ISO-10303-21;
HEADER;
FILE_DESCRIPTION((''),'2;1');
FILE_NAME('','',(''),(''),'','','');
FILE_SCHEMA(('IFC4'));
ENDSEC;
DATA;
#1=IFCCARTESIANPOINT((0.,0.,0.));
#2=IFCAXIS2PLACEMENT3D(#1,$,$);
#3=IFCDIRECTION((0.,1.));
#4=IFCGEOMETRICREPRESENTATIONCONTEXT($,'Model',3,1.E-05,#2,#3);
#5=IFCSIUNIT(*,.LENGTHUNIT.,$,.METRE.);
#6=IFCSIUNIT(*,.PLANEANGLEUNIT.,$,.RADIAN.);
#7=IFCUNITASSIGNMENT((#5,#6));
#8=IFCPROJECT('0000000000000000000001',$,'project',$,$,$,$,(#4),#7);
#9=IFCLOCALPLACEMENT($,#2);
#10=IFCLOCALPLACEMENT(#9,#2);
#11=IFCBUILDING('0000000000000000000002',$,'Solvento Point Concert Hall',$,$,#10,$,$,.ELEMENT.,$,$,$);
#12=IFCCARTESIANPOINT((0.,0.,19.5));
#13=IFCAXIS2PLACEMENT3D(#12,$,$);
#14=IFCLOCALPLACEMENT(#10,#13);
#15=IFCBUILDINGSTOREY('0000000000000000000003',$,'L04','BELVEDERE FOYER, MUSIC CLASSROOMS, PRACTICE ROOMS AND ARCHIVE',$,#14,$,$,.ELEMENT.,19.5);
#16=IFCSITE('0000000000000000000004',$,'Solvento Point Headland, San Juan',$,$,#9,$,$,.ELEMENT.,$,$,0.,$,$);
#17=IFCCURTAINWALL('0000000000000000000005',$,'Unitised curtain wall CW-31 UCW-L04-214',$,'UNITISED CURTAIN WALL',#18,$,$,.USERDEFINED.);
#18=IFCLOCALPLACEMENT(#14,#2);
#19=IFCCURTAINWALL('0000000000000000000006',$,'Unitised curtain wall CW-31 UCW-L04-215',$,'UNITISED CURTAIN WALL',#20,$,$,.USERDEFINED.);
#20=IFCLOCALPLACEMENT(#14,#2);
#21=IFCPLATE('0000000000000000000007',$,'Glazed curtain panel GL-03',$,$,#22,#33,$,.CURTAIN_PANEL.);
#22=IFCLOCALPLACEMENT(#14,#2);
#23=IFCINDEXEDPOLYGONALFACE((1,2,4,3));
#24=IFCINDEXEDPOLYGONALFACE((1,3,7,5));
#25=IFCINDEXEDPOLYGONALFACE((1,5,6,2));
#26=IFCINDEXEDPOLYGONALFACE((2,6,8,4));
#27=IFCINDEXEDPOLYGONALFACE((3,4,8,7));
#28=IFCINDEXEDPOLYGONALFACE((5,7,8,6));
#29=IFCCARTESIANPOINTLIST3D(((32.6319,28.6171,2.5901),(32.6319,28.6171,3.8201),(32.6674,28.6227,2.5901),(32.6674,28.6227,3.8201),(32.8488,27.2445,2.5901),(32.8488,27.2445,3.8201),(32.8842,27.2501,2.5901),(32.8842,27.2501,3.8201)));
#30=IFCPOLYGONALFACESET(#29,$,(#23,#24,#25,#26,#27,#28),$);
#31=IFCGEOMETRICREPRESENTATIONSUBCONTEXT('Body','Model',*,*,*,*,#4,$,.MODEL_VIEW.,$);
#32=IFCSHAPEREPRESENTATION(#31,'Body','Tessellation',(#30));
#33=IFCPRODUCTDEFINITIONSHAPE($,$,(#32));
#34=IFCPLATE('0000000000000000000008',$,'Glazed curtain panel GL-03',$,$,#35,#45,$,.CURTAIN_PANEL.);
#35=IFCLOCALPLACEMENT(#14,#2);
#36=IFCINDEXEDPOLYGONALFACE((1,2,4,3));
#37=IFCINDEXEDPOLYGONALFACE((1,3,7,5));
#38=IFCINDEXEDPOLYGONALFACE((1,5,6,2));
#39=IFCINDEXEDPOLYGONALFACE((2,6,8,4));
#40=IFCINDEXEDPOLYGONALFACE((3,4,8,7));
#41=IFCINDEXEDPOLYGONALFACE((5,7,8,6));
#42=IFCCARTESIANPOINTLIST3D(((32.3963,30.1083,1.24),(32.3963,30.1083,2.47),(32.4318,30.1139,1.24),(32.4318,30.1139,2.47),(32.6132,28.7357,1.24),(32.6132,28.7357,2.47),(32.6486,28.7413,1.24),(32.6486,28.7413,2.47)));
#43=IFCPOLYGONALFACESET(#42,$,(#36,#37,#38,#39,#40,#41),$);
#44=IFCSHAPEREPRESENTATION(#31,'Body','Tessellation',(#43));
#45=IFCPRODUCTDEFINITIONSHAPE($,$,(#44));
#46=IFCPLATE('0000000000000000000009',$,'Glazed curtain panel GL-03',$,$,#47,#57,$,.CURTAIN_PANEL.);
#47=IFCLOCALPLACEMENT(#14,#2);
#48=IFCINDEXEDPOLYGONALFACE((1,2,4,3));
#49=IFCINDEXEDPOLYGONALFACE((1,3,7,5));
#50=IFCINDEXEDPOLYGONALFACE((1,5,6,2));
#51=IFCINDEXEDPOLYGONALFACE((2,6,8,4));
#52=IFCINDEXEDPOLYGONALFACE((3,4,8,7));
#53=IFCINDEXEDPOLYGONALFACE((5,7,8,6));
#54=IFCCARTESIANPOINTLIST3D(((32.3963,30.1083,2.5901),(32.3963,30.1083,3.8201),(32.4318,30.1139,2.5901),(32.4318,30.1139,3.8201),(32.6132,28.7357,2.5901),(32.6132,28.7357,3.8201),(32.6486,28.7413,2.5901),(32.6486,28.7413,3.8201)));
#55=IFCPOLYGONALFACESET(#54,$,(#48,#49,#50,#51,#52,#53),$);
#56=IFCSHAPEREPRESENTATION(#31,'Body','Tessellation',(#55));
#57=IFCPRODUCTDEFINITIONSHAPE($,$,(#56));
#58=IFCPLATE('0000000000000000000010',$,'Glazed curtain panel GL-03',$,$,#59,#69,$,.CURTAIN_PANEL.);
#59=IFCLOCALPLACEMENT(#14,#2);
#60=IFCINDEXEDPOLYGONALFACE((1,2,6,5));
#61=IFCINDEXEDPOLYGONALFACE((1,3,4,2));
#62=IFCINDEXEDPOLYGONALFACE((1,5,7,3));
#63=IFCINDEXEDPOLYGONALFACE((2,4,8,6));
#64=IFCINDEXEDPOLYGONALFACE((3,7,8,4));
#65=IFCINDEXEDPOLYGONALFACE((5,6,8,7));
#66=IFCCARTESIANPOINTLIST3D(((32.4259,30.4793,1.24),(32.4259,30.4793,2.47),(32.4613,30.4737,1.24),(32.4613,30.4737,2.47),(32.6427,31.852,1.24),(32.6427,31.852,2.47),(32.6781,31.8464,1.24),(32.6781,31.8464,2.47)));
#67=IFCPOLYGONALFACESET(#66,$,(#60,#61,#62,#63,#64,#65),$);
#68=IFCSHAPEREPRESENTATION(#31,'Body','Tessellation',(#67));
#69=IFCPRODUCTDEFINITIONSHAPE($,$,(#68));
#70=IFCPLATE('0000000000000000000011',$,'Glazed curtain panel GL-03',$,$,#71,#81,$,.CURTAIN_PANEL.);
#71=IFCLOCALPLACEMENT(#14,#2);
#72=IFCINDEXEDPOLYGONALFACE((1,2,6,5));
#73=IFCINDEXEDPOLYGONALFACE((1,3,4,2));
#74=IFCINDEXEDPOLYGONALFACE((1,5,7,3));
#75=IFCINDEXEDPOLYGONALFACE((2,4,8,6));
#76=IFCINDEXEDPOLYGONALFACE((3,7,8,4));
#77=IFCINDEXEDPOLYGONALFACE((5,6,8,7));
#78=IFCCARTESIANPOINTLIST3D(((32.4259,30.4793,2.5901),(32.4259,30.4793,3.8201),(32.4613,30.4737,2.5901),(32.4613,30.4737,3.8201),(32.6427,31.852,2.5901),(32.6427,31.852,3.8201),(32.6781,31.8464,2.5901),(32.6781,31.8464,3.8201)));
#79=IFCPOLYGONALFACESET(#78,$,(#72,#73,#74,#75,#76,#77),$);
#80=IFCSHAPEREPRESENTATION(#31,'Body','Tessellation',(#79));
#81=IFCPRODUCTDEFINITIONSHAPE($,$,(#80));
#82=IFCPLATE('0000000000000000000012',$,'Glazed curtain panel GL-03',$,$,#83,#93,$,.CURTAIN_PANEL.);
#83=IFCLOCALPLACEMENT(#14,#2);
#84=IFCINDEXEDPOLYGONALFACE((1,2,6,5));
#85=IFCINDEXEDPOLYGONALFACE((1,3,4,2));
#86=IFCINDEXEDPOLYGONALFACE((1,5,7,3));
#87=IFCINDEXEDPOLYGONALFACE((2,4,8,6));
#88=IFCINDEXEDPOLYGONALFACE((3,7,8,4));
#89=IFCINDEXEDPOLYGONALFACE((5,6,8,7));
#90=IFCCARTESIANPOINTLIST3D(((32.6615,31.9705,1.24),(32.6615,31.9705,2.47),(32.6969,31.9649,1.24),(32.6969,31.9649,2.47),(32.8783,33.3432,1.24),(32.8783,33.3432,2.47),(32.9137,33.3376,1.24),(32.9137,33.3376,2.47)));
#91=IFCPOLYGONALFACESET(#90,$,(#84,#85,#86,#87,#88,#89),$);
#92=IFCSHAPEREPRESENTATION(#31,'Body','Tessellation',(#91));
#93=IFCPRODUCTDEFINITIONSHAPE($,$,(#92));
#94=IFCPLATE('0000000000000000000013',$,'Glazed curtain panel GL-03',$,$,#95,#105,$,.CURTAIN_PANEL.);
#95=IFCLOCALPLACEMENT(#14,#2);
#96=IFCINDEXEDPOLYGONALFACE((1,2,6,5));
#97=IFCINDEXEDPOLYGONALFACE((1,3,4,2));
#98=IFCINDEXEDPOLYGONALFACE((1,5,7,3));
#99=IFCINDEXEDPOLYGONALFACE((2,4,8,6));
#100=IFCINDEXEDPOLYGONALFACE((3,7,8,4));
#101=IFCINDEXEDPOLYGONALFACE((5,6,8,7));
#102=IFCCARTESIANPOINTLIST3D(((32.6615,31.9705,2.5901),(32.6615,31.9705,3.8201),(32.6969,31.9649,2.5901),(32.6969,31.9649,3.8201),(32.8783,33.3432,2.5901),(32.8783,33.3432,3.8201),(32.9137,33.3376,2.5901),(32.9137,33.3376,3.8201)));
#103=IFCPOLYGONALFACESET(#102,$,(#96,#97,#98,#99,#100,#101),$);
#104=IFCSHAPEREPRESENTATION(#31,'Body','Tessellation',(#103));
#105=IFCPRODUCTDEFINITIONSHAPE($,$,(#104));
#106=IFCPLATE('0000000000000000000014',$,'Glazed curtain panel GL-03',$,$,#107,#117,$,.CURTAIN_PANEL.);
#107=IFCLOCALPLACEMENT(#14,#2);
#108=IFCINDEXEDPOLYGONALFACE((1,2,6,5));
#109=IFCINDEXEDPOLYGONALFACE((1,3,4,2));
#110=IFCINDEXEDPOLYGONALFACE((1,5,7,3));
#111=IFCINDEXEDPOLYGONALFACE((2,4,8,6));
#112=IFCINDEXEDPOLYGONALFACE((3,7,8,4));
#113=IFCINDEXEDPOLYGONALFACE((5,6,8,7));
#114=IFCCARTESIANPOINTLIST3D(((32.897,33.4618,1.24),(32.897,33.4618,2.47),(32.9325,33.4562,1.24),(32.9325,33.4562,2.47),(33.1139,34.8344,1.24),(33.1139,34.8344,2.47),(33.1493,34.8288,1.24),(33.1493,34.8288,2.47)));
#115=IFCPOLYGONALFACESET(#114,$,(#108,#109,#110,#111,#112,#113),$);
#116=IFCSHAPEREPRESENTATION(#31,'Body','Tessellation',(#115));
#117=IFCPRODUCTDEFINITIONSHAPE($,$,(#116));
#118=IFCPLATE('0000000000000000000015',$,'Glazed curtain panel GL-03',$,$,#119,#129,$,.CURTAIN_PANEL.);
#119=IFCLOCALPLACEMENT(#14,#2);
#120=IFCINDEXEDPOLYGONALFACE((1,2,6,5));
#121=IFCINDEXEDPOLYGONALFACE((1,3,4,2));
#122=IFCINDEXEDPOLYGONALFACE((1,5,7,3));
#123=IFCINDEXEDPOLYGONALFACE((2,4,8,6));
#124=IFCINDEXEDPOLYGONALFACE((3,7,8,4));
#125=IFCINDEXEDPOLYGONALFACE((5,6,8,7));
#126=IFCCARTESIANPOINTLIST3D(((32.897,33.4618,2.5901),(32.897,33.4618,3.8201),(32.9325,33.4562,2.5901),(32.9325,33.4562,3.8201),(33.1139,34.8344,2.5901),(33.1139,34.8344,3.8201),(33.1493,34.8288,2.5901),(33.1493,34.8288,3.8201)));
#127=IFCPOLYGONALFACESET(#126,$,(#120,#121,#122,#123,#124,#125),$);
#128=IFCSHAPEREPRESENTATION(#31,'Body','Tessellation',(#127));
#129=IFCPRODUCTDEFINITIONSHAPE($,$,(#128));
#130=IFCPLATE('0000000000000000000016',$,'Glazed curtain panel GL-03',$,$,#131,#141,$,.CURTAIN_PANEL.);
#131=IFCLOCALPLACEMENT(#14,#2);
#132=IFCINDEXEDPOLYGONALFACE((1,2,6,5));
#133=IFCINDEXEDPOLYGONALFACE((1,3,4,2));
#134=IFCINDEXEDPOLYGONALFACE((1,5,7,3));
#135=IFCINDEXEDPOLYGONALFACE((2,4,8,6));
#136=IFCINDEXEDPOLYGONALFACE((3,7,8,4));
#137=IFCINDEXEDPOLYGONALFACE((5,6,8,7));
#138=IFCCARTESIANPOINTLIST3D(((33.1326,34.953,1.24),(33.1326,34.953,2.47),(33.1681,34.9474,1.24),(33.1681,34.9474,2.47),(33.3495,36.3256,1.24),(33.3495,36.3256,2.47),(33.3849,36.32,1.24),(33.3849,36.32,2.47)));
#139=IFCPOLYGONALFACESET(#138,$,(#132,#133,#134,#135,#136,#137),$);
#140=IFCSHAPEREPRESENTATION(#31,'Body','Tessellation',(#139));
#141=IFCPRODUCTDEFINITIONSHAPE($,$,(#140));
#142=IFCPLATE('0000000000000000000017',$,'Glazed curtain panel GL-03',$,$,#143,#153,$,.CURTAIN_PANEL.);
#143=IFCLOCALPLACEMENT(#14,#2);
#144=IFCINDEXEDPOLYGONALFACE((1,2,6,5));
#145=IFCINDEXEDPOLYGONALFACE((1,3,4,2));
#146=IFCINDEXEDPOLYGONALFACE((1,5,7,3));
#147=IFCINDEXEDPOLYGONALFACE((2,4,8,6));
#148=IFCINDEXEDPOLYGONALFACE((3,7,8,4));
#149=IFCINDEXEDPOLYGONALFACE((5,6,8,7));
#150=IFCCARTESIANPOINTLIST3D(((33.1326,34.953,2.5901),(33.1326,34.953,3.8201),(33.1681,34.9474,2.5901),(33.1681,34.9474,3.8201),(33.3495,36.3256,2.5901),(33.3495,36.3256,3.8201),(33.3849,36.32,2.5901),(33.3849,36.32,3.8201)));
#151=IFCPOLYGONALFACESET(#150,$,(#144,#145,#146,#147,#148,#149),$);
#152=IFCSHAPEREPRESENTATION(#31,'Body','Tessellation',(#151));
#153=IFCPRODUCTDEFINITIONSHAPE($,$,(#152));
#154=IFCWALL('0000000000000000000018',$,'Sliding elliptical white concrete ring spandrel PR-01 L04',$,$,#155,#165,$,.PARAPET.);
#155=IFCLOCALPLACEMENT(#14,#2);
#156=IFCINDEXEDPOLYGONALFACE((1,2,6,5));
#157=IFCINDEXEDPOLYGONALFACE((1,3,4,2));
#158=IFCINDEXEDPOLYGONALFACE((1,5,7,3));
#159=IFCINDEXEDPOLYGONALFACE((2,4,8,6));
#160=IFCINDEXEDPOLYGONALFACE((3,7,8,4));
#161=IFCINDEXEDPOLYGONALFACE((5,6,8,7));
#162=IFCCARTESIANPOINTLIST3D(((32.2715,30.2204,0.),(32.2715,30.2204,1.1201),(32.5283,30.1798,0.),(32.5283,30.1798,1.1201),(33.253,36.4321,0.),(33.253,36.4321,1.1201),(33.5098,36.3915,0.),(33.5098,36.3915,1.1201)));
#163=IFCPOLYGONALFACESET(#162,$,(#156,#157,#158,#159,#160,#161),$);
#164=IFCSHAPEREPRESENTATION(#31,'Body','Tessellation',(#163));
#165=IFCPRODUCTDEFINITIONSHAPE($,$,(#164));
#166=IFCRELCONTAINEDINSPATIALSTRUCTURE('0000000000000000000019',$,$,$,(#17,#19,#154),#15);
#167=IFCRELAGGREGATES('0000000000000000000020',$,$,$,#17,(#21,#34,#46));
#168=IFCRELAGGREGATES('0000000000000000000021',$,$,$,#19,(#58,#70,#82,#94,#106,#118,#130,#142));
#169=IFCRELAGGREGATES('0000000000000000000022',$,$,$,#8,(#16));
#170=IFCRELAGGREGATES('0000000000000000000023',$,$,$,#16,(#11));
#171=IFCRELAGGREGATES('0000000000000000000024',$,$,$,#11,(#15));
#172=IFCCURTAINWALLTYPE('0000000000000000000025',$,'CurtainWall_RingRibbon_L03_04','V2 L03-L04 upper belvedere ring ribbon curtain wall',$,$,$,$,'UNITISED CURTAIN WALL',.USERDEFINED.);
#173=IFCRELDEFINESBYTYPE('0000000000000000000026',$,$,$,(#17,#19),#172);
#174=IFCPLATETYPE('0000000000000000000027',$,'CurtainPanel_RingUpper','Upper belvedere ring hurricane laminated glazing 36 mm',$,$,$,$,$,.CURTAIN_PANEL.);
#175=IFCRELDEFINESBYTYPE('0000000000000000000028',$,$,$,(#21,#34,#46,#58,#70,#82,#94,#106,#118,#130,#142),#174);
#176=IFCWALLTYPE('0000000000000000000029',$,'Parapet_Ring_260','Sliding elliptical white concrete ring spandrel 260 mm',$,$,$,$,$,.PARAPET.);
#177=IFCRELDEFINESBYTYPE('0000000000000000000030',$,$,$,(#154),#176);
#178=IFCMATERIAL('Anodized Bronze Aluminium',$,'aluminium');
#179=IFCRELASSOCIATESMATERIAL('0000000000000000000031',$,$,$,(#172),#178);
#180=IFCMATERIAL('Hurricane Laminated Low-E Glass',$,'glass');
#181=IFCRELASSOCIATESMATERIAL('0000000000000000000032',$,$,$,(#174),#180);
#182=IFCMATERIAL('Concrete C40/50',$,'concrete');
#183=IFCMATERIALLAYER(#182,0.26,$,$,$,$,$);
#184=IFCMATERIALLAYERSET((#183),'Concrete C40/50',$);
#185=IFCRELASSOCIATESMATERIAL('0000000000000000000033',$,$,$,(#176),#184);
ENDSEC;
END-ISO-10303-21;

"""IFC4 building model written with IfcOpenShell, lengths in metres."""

from ifc_helpers import new_model, si_unit, direction, frame, frame_2d, origin, origin_2d, place, context, subcontext, project, spatial, rectangle, extrude, material, layer, layer_set, type_object, element, aggregate, save


model = new_model("IFC4")

# Units and contexts
model_context = context("Model", 3, precision=1e-05, world=origin(), true_north=direction((0.0, 1.0)))
body_context = subcontext(model_context, "Body", "Model", "MODEL_VIEW")
ifc_project = project(units=[si_unit("LENGTHUNIT", "METRE"), si_unit("PLANEANGLEUNIT", "RADIAN")], contexts=[model_context])

# Site, building, storey
site_placement = place(None, origin())
site = spatial("IfcSite", under=ifc_project, at=site_placement, Name="Solvento Point Headland, San Juan", CompositionType="ELEMENT", RefElevation=0.0)
building_placement = place(site_placement, origin())
building = spatial("IfcBuilding", under=site, at=building_placement, Name="Solvento Point Concert Hall", CompositionType="ELEMENT")
storey_placement = place(building_placement, frame((0.0, 0.0, 19.5)))
storey = spatial("IfcBuildingStorey", under=building, at=storey_placement, Name="L04", Description="BELVEDERE FOYER, MUSIC CLASSROOMS, PRACTICE ROOMS AND ARCHIVE", CompositionType="ELEMENT", Elevation=19.5)

# Curtain walls
ifc_material_1 = material(Name="Anodized Bronze Aluminium", Category="aluminium")
curtain_wall_type = type_object("IfcCurtainWallType", Name="CurtainWall_RingRibbon_L03_04", Description="V2 L03-L04 upper belvedere ring ribbon curtain wall", ElementType="UNITISED CURTAIN WALL", PredefinedType="USERDEFINED", material=ifc_material_1)
curtain_wall_1_placement = place(storey_placement, origin())
curtain_wall_1 = element("IfcCurtainWall", 1, at=curtain_wall_1_placement, inside=storey, type_object=curtain_wall_type, Name="Unitised curtain wall CW-31 UCW-L04-214", ObjectType="UNITISED CURTAIN WALL", PredefinedType="USERDEFINED")
curtain_wall_2_placement = place(storey_placement, origin())
curtain_wall_2 = element("IfcCurtainWall", 2, at=curtain_wall_2_placement, inside=storey, type_object=curtain_wall_type, Name="Unitised curtain wall CW-31 UCW-L04-215", ObjectType="UNITISED CURTAIN WALL", PredefinedType="USERDEFINED")

# Plates
ifc_material_2 = material(Name="Hurricane Laminated Low-E Glass", Category="glass")
plate_type = type_object("IfcPlateType", Name="CurtainPanel_RingUpper", Description="Upper belvedere ring hurricane laminated glazing 36 mm", PredefinedType="CURTAIN_PANEL", material=ifc_material_2)
plate_1_placement = place(storey_placement, frame((32.7581, 27.9336, 2.5901), z_axis=(0.0, 0.0, 1.0), x_axis=(-0.156041, 0.987751, 0.0)))
plate_1 = element("IfcPlate", 3, at=plate_1_placement, type_object=plate_type, Name="Glazed curtain panel GL-03", PredefinedType="CURTAIN_PANEL", context=body_context, shape_type="SweptSolid", body=[
    extrude(rectangle(XDim=1.3896, YDim=0.0359, at=origin_2d()), origin(), (0.0, 0.0, 1.0), 1.23),
])
plate_2_placement = place(storey_placement, frame((32.5225, 29.4248, 1.24), z_axis=(0.0, 0.0, 1.0), x_axis=(-0.156041, 0.987751, 0.0)))
plate_2 = element("IfcPlate", 4, at=plate_2_placement, type_object=plate_type, Name="Glazed curtain panel GL-03", PredefinedType="CURTAIN_PANEL", context=body_context, shape_type="SweptSolid", body=[
    extrude(rectangle(XDim=1.3896, YDim=0.0359, at=origin_2d()), origin(), (0.0, 0.0, 1.0), 1.23),
])
plate_3_placement = place(storey_placement, frame((32.5225, 29.4248, 2.5901), z_axis=(0.0, 0.0, 1.0), x_axis=(-0.156041, 0.987751, 0.0)))
plate_3 = element("IfcPlate", 5, at=plate_3_placement, type_object=plate_type, Name="Glazed curtain panel GL-03", PredefinedType="CURTAIN_PANEL", context=body_context, shape_type="SweptSolid", body=[
    extrude(rectangle(XDim=1.3896, YDim=0.0359, at=origin_2d()), origin(), (0.0, 0.0, 1.0), 1.23),
])
aggregate(curtain_wall_1, [plate_1, plate_2, plate_3])
plate_4_placement = place(storey_placement, frame((32.552, 31.1628, 1.24), z_axis=(0.0, 0.0, 1.0), x_axis=(0.156041, 0.987751, 0.0)))
plate_4 = element("IfcPlate", 6, at=plate_4_placement, type_object=plate_type, Name="Glazed curtain panel GL-03", PredefinedType="CURTAIN_PANEL", context=body_context, shape_type="SweptSolid", body=[
    extrude(rectangle(XDim=1.3896, YDim=0.0359, at=origin_2d()), origin(), (0.0, 0.0, 1.0), 1.23),
])
plate_5_placement = place(storey_placement, frame((32.552, 31.1628, 2.5901), z_axis=(0.0, 0.0, 1.0), x_axis=(0.156041, 0.987751, 0.0)))
plate_5 = element("IfcPlate", 7, at=plate_5_placement, type_object=plate_type, Name="Glazed curtain panel GL-03", PredefinedType="CURTAIN_PANEL", context=body_context, shape_type="SweptSolid", body=[
    extrude(rectangle(XDim=1.3896, YDim=0.0359, at=origin_2d()), origin(), (0.0, 0.0, 1.0), 1.23),
])
plate_6_placement = place(storey_placement, frame((32.7876, 32.6541, 1.24), z_axis=(0.0, 0.0, 1.0), x_axis=(0.156041, 0.987751, 0.0)))
plate_6 = element("IfcPlate", 8, at=plate_6_placement, type_object=plate_type, Name="Glazed curtain panel GL-03", PredefinedType="CURTAIN_PANEL", context=body_context, shape_type="SweptSolid", body=[
    extrude(rectangle(XDim=1.3896, YDim=0.0359, at=origin_2d()), origin(), (0.0, 0.0, 1.0), 1.23),
])
plate_7_placement = place(storey_placement, frame((32.7876, 32.6541, 2.5901), z_axis=(0.0, 0.0, 1.0), x_axis=(0.156041, 0.987751, 0.0)))
plate_7 = element("IfcPlate", 9, at=plate_7_placement, type_object=plate_type, Name="Glazed curtain panel GL-03", PredefinedType="CURTAIN_PANEL", context=body_context, shape_type="SweptSolid", body=[
    extrude(rectangle(XDim=1.3896, YDim=0.0359, at=origin_2d()), origin(), (0.0, 0.0, 1.0), 1.23),
])
plate_8_placement = place(storey_placement, frame((33.0232, 34.1453, 1.24), z_axis=(0.0, 0.0, 1.0), x_axis=(0.156041, 0.987751, 0.0)))
plate_8 = element("IfcPlate", 10, at=plate_8_placement, type_object=plate_type, Name="Glazed curtain panel GL-03", PredefinedType="CURTAIN_PANEL", context=body_context, shape_type="SweptSolid", body=[
    extrude(rectangle(XDim=1.3896, YDim=0.0359, at=origin_2d()), origin(), (0.0, 0.0, 1.0), 1.23),
])
plate_9_placement = place(storey_placement, frame((33.0232, 34.1453, 2.5901), z_axis=(0.0, 0.0, 1.0), x_axis=(0.156041, 0.987751, 0.0)))
plate_9 = element("IfcPlate", 11, at=plate_9_placement, type_object=plate_type, Name="Glazed curtain panel GL-03", PredefinedType="CURTAIN_PANEL", context=body_context, shape_type="SweptSolid", body=[
    extrude(rectangle(XDim=1.3896, YDim=0.0359, at=origin_2d()), origin(), (0.0, 0.0, 1.0), 1.23),
])
plate_10_placement = place(storey_placement, frame((33.2588, 35.6365, 1.24), z_axis=(0.0, 0.0, 1.0), x_axis=(0.156041, 0.987751, 0.0)))
plate_10 = element("IfcPlate", 12, at=plate_10_placement, type_object=plate_type, Name="Glazed curtain panel GL-03", PredefinedType="CURTAIN_PANEL", context=body_context, shape_type="SweptSolid", body=[
    extrude(rectangle(XDim=1.3896, YDim=0.0359, at=origin_2d()), origin(), (0.0, 0.0, 1.0), 1.23),
])
plate_11_placement = place(storey_placement, frame((33.2588, 35.6365, 2.5901), z_axis=(0.0, 0.0, 1.0), x_axis=(0.156041, 0.987751, 0.0)))
plate_11 = element("IfcPlate", 13, at=plate_11_placement, type_object=plate_type, Name="Glazed curtain panel GL-03", PredefinedType="CURTAIN_PANEL", context=body_context, shape_type="SweptSolid", body=[
    extrude(rectangle(XDim=1.3896, YDim=0.0359, at=origin_2d()), origin(), (0.0, 0.0, 1.0), 1.23),
])
aggregate(curtain_wall_2, [plate_4, plate_5, plate_6, plate_7, plate_8, plate_9, plate_10, plate_11])

# Wall
ifc_material_3 = material(Name="Concrete C40/50", Category="concrete")
ifc_layer = layer(ifc_material_3, 0.26)
ifc_layer_set = layer_set([ifc_layer], Name="Concrete C40/50")
wall_type = type_object("IfcWallType", Name="Parapet_Ring_260", Description="Sliding elliptical white concrete ring spandrel 260 mm", PredefinedType="PARAPET", material=ifc_layer_set)
wall_placement = place(storey_placement, frame((32.3999, 30.2, 0.0), z_axis=(0.0, 0.0, 1.0), x_axis=(0.156064, 0.987747, 0.0)))
element("IfcWall", 14, at=wall_placement, inside=storey, type_object=wall_type, Name="Sliding elliptical white concrete ring spandrel PR-01 L04", PredefinedType="PARAPET", context=body_context, shape_type="SweptSolid", body=[
    extrude(rectangle(XDim=6.2888, YDim=0.26, at=frame_2d((3.1445, 0.0))), origin(), (0.0, 0.0, 1.0), 1.1201),
])

save(model, "model.ifc")
